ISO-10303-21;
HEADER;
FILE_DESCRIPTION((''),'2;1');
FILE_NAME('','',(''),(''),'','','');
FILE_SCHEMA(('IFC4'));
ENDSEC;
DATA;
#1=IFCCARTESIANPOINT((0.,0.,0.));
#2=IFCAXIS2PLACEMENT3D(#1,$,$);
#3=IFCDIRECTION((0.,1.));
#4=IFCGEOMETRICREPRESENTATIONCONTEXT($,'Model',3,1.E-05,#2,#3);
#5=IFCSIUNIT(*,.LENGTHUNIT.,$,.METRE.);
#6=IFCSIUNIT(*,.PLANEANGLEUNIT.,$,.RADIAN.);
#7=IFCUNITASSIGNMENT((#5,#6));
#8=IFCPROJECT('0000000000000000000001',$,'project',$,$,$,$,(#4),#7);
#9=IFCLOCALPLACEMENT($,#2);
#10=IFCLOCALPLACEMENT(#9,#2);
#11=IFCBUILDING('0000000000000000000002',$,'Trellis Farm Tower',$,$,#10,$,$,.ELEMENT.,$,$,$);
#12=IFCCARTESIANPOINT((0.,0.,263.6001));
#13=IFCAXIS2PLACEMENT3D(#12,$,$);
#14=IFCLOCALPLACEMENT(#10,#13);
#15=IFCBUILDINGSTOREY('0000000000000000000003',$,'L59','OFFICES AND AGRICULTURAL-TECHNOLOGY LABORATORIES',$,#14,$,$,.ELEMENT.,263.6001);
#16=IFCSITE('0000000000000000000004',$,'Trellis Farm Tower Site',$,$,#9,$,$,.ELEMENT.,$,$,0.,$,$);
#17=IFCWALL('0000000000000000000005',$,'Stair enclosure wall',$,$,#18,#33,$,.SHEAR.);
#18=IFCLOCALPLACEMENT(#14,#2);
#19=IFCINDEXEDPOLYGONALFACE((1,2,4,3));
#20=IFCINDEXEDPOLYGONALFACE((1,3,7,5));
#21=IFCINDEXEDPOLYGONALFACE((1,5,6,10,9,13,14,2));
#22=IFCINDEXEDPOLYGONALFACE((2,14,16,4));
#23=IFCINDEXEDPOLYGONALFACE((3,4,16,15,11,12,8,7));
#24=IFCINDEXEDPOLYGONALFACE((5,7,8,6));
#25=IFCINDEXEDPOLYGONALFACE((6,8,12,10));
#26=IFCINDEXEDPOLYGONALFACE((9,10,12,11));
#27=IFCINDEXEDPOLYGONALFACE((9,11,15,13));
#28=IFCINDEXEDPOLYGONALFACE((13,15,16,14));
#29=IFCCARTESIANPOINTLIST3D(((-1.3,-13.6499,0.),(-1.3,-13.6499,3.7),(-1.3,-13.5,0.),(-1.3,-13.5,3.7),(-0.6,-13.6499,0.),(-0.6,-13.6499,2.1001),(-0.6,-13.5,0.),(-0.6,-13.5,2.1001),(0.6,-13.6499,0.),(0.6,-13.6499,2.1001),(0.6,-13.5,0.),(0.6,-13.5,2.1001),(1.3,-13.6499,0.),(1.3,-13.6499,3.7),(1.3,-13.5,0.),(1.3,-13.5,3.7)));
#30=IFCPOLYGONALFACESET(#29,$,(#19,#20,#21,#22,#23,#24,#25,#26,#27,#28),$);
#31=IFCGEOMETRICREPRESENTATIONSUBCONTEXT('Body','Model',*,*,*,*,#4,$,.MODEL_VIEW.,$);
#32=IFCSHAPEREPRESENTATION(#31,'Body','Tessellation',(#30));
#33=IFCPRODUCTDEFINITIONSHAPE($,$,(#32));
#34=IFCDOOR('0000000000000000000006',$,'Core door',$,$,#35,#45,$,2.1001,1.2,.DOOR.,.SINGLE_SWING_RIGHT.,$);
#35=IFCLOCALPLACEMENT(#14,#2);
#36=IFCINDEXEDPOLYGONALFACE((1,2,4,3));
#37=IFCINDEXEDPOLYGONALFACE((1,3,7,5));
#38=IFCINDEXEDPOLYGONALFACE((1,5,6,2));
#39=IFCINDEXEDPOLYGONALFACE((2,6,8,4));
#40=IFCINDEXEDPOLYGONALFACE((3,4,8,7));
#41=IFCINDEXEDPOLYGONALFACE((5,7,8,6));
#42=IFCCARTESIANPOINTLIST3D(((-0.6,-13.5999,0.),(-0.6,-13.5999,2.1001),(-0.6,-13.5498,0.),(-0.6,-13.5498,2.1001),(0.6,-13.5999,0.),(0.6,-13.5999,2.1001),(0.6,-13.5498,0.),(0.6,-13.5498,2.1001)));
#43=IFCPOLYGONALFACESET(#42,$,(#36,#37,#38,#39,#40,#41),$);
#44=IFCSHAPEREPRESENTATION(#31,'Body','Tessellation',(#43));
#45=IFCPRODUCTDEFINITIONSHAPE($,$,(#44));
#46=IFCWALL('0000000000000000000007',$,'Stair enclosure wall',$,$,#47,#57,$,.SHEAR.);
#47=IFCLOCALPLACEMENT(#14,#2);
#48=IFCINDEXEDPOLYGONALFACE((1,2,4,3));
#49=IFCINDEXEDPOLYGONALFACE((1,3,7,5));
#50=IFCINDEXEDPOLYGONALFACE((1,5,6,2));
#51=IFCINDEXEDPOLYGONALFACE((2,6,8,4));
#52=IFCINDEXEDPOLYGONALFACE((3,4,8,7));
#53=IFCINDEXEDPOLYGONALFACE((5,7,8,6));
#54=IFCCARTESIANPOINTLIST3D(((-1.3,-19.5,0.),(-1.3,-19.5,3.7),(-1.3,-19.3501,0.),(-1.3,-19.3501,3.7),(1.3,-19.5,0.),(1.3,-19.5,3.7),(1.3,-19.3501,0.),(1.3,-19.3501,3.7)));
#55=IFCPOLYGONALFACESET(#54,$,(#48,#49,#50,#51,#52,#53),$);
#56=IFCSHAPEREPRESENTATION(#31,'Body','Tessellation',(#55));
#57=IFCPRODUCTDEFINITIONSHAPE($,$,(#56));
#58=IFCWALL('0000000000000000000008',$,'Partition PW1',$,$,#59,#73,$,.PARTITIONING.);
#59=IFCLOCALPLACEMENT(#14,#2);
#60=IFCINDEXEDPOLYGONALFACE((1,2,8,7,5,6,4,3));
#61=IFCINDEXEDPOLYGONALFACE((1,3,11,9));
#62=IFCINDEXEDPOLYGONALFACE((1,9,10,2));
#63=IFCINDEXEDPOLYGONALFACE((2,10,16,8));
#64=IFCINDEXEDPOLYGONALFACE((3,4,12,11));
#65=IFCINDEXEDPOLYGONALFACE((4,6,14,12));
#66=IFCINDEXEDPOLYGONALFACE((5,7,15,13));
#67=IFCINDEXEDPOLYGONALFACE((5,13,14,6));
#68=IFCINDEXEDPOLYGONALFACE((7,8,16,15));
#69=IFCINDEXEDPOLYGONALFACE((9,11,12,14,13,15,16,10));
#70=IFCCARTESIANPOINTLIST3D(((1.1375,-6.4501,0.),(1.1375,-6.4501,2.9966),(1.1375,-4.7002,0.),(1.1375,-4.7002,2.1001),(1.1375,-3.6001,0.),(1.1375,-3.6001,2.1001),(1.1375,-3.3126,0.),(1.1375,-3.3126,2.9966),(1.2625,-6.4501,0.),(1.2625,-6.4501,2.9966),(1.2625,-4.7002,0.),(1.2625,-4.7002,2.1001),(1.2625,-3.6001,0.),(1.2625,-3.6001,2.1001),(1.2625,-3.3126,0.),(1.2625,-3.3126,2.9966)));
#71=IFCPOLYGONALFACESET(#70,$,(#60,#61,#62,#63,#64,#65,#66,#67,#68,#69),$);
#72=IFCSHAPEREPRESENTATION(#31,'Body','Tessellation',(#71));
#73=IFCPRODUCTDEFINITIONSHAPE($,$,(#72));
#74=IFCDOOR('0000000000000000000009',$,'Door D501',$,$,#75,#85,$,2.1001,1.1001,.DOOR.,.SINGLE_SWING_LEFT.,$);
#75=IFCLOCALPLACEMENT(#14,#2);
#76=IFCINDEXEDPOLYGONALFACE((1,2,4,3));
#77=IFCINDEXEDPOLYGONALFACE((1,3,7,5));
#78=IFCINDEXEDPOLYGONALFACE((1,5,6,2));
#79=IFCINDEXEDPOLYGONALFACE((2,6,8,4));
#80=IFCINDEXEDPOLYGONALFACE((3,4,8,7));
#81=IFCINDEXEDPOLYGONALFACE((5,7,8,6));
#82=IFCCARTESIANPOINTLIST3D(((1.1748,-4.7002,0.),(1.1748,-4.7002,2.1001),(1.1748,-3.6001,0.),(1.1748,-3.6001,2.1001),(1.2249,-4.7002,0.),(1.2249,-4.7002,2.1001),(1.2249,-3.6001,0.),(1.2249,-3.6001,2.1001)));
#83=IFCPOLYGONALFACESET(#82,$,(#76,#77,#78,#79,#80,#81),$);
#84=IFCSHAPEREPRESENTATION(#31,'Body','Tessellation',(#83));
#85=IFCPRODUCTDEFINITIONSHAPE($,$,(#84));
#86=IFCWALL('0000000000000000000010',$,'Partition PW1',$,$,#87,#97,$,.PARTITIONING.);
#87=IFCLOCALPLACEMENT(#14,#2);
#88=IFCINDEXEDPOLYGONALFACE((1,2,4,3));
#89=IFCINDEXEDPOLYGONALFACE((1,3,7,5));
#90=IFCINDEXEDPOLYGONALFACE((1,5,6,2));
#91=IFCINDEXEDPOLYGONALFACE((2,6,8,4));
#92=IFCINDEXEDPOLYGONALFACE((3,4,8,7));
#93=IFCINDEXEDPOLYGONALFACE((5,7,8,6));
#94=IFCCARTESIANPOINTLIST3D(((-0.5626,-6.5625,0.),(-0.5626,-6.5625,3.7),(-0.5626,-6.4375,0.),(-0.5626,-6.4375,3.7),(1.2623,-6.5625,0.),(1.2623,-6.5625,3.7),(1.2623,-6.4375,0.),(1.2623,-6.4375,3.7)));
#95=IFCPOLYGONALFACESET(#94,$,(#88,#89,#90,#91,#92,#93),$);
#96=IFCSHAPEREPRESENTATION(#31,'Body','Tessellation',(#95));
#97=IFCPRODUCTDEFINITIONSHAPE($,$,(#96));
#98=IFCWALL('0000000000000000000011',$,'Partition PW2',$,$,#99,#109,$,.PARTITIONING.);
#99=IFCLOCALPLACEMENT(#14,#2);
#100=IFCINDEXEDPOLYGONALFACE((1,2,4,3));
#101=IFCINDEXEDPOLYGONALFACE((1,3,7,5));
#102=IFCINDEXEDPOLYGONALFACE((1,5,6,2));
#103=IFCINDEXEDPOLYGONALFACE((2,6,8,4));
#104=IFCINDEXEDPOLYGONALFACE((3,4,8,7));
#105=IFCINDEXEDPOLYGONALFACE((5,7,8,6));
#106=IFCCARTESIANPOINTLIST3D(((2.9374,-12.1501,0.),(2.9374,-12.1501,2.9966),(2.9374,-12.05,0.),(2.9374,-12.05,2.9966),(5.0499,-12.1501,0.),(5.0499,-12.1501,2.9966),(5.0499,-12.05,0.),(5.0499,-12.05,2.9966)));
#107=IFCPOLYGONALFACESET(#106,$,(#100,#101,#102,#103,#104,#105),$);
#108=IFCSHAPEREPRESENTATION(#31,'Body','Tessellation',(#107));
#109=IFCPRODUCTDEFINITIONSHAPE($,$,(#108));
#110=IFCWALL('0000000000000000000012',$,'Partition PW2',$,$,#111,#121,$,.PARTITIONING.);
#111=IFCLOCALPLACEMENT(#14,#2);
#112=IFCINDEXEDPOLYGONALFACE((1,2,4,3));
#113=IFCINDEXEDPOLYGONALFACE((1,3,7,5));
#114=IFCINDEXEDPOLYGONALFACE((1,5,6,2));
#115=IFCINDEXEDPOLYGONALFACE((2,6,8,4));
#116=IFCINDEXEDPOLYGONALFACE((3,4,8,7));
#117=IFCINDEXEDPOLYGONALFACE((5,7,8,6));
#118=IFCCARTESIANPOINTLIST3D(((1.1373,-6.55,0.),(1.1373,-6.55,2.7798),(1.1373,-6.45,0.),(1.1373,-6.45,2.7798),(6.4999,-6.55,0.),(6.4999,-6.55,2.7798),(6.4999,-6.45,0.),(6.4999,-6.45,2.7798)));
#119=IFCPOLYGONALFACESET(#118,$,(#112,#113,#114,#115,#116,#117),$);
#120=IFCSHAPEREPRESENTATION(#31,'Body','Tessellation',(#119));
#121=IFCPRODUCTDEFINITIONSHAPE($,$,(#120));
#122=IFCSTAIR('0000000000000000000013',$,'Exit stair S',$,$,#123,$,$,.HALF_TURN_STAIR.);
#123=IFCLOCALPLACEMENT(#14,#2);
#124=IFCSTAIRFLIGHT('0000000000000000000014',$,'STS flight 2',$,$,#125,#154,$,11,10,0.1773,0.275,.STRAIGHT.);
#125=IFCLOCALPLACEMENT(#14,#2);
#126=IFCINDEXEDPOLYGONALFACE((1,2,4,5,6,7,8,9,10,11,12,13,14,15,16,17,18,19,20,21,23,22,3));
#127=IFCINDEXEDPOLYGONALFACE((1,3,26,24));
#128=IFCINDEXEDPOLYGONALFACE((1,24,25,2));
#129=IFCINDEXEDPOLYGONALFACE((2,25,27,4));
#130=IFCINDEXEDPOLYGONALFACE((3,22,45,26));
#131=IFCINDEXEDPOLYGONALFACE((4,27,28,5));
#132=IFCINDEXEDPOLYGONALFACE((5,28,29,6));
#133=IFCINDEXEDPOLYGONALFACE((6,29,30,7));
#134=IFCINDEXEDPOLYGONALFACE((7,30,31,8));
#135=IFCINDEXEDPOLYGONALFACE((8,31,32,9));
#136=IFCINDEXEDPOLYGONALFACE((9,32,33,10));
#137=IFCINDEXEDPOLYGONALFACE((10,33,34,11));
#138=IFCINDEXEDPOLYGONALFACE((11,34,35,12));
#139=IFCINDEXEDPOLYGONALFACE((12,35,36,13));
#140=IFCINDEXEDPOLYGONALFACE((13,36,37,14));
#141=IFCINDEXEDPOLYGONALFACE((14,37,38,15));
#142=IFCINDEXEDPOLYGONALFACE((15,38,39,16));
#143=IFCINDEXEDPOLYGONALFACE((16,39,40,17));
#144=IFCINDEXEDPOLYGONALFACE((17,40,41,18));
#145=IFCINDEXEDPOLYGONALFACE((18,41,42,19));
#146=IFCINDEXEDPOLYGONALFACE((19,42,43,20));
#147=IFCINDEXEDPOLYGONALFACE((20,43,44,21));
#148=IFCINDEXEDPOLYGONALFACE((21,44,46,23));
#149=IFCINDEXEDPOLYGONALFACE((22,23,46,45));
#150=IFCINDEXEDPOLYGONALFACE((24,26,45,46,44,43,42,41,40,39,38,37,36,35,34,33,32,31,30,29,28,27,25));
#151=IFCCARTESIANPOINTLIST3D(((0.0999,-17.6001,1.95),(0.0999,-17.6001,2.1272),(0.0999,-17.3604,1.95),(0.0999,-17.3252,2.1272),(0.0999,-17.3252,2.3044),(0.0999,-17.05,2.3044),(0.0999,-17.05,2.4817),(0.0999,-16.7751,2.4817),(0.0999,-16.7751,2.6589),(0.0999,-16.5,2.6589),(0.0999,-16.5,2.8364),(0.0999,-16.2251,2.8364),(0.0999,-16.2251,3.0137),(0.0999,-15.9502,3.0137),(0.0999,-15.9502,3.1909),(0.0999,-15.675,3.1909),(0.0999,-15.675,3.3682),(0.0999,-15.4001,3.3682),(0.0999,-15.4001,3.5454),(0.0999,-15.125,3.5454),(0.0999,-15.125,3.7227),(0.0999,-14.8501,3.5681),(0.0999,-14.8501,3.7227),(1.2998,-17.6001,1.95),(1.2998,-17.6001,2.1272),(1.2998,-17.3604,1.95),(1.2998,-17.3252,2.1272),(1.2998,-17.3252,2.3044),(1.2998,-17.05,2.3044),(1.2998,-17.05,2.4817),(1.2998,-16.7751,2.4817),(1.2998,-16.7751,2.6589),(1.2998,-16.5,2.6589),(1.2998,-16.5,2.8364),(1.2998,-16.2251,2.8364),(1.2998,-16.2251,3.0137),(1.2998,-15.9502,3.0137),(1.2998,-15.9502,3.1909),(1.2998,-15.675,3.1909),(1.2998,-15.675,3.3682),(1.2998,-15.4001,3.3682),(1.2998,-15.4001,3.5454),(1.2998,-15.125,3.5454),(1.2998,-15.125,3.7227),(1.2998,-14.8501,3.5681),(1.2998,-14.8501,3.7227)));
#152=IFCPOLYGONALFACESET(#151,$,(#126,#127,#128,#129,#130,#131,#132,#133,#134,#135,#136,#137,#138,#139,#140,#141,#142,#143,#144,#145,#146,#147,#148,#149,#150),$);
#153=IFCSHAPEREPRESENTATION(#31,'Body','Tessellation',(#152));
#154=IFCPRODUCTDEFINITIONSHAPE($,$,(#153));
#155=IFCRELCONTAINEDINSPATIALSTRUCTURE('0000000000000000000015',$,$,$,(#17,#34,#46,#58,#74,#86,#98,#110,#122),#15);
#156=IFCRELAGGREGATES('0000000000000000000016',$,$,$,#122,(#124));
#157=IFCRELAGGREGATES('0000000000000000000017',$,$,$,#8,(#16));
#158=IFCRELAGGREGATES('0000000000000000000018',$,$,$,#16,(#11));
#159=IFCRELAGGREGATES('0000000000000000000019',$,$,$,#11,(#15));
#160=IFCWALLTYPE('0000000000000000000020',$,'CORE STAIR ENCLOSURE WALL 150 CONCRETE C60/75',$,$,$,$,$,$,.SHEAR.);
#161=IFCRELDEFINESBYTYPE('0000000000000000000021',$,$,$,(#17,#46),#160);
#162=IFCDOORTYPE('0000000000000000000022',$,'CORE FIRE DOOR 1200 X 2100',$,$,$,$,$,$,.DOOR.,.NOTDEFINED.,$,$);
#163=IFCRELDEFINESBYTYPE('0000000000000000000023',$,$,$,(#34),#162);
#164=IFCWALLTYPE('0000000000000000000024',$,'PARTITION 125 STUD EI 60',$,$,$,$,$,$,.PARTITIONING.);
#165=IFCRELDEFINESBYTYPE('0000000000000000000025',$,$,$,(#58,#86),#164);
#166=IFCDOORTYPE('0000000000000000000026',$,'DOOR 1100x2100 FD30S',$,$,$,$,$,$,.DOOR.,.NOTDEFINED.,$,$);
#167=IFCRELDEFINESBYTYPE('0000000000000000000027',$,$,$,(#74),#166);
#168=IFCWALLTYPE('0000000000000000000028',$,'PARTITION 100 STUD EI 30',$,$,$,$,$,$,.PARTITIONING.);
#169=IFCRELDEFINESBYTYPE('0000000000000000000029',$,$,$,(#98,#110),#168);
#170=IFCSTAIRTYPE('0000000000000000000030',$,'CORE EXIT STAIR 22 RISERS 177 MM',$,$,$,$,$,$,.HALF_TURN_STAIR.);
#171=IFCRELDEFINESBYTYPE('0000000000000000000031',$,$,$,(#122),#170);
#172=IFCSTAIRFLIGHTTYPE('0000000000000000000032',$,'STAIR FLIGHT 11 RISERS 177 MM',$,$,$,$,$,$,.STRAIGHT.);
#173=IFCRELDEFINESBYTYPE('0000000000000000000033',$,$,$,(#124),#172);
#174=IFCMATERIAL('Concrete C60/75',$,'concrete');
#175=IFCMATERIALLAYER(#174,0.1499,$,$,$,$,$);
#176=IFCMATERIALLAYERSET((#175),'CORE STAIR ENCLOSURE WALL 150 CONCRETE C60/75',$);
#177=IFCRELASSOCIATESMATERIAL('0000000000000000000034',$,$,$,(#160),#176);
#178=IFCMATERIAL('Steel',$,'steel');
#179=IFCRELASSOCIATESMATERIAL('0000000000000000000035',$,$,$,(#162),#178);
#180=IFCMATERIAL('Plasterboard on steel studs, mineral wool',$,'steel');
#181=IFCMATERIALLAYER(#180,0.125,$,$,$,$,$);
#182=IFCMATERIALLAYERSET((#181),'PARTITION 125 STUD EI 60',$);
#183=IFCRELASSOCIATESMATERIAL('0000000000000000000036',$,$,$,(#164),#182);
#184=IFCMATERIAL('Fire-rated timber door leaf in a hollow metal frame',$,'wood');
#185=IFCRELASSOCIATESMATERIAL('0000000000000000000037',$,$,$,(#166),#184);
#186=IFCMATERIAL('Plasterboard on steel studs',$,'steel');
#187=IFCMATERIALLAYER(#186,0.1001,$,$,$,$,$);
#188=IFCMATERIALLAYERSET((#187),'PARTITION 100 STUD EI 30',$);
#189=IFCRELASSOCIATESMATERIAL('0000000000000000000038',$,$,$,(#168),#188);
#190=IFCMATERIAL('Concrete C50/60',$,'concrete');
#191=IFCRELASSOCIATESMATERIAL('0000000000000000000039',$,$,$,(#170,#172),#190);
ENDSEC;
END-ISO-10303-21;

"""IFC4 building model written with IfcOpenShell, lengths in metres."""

from ifc_helpers import new_model, si_unit, direction, frame, frame_2d, origin, place, context, subcontext, project, spatial, polyline, rectangle, outline, extrude, source, transform, mapped, material, layer, layer_set, type_object, element, fill, aggregate, save


model = new_model("IFC4")

# Units and contexts
model_context = context("Model", 3, precision=1e-05, world=origin(), true_north=direction((0.0, 1.0)))
body_context = subcontext(model_context, "Body", "Model", "MODEL_VIEW")
ifc_project = project(units=[si_unit("LENGTHUNIT", "METRE"), si_unit("PLANEANGLEUNIT", "RADIAN")], contexts=[model_context])

# Site, building, storey
site_placement = place(None, origin())
site = spatial("IfcSite", under=ifc_project, at=site_placement, Name="Trellis Farm Tower Site", CompositionType="ELEMENT", RefElevation=0.0)
building_placement = place(site_placement, origin())
building = spatial("IfcBuilding", under=site, at=building_placement, Name="Trellis Farm Tower", CompositionType="ELEMENT")
storey_placement = place(building_placement, frame((0.0, 0.0, 263.6001)))
storey = spatial("IfcBuildingStorey", under=building, at=storey_placement, Name="L59", Description="OFFICES AND AGRICULTURAL-TECHNOLOGY LABORATORIES", CompositionType="ELEMENT", Elevation=263.6001)

# Shared definitions
placement_1 = place(storey_placement, origin())

# Shared definitions
ifc_material_1 = material(Name="Concrete C60/75", Category="concrete")

# Wall, opening, door
ifc_layer_1 = layer(ifc_material_1, 0.1499)
ifc_layer_set_1 = layer_set([ifc_layer_1], Name="CORE STAIR ENCLOSURE WALL 150 CONCRETE C60/75")
wall_type_1 = type_object("IfcWallType", Name="CORE STAIR ENCLOSURE WALL 150 CONCRETE C60/75", PredefinedType="SHEAR", material=ifc_layer_set_1)
shared_shape_1 = source(origin(), body_context, "Body", "SweptSolid", [
    extrude(rectangle(XDim=2.6001, YDim=0.1499, at=frame_2d((1.3, 0.0))), origin(), (0.0, 0.0, 1.0), 3.7),
])
wall_1_placement = place(storey_placement, frame((1.3, -13.575, 0.0), z_axis=(0.0, 0.0, 1.0), x_axis=(-1.0, 0.0, 0.0)))
wall_1 = element("IfcWall", 1, at=wall_1_placement, inside=storey, type_object=wall_type_1, Name="Stair enclosure wall", PredefinedType="SHEAR", context=body_context, shape_type="MappedRepresentation", body=[
    mapped(shared_shape_1, transform((0.0, 0.0, 0.0))),
])
shared_shape_2 = source(origin(), body_context, "Body", "SweptSolid", [
    extrude(rectangle(XDim=1.2, YDim=2.1001, at=frame_2d((0.6001, 1.05))), frame((0.0, 0.085, 0.0), z_axis=(0.0, -1.0, 0.0), x_axis=(1.0, 0.0, 0.0)), (0.0, 0.0, 1.0), 0.1699),
])
opening_1_placement = place(wall_1_placement, frame((0.7, 0.0, 0.0)))
opening_1 = element("IfcOpeningElement", 2, at=opening_1_placement, cuts=wall_1, PredefinedType="OPENING", context=body_context, shape_type="MappedRepresentation", body=[
    mapped(shared_shape_2, transform((0.0, 0.0, 0.0))),
])
ifc_material_2 = material(Name="Steel", Category="steel")
door_type_1 = type_object("IfcDoorType", Name="CORE FIRE DOOR 1200 X 2100", OperationType="NOTDEFINED", PredefinedType="DOOR", material=ifc_material_2)
shared_shape_3 = source(origin(), body_context, "Body", "SweptSolid", [
    extrude(rectangle(XDim=1.2, YDim=2.1001, at=frame_2d((0.6001, 1.05))), frame((0.0, 0.0249, 0.0), z_axis=(0.0, -1.0, 0.0), x_axis=(1.0, 0.0, 0.0)), (0.0, 0.0, 1.0), 0.05),
])
door_1_placement = place(opening_1_placement, origin())
door_1 = element("IfcDoor", 3, at=door_1_placement, inside=storey, type_object=door_type_1, Name="Core door", OperationType="SINGLE_SWING_RIGHT", OverallHeight=2.1001, OverallWidth=1.2, PredefinedType="DOOR", context=body_context, shape_type="MappedRepresentation", body=[
    mapped(shared_shape_3, transform((0.0, 0.0, 0.0))),
])
fill(opening_1, door_1)

# Wall
wall_2_placement = place(storey_placement, frame((1.3, -19.425, 0.0), z_axis=(0.0, 0.0, 1.0), x_axis=(-1.0, 0.0, 0.0)))
element("IfcWall", 4, at=wall_2_placement, inside=storey, type_object=wall_type_1, Name="Stair enclosure wall", PredefinedType="SHEAR", context=body_context, shape_type="MappedRepresentation", body=[
    mapped(shared_shape_1, transform((0.0, 0.0, 0.0))),
])

# Wall, opening, door
ifc_material_3 = material(Name="Plasterboard on steel studs, mineral wool", Category="steel")
ifc_layer_2 = layer(ifc_material_3, 0.125)
ifc_layer_set_2 = layer_set([ifc_layer_2], Name="PARTITION 125 STUD EI 60")
wall_type_2 = type_object("IfcWallType", Name="PARTITION 125 STUD EI 60", PredefinedType="PARTITIONING", material=ifc_layer_set_2)
shared_shape_4 = source(origin(), body_context, "Body", "SweptSolid", [
    extrude(rectangle(XDim=3.1375, YDim=0.125, at=frame_2d((1.5688, 0.0))), origin(), (0.0, 0.0, 1.0), 2.9966),
])
wall_3_placement = place(storey_placement, frame((1.2, -3.3125, 0.0), z_axis=(0.0, 0.0, 1.0), x_axis=(0.0, -1.0, 0.0)))
wall_3 = element("IfcWall", 5, at=wall_3_placement, inside=storey, type_object=wall_type_2, Name="Partition PW1", PredefinedType="PARTITIONING", context=body_context, shape_type="MappedRepresentation", body=[
    mapped(shared_shape_4, transform((0.0, 0.0, 0.0))),
])
shared_shape_5 = source(origin(), body_context, "Body", "SweptSolid", [
    extrude(rectangle(XDim=1.1001, YDim=2.1001, at=frame_2d((0.55, 1.05))), frame((0.0, 0.0725, 0.0), z_axis=(0.0, -1.0, 0.0), x_axis=(1.0, 0.0, 0.0)), (0.0, 0.0, 1.0), 0.145),
])
opening_2_placement = place(wall_3_placement, frame((0.2876, 0.0, 0.0)))
opening_2 = element("IfcOpeningElement", 6, at=opening_2_placement, cuts=wall_3, PredefinedType="OPENING", context=body_context, shape_type="MappedRepresentation", body=[
    mapped(shared_shape_5, transform((0.0, 0.0, 0.0))),
])
ifc_material_4 = material(Name="Fire-rated timber door leaf in a hollow metal frame", Category="wood")
door_type_2 = type_object("IfcDoorType", Name="DOOR 1100x2100 FD30S", OperationType="NOTDEFINED", PredefinedType="DOOR", material=ifc_material_4)
shared_shape_6 = source(origin(), body_context, "Body", "SweptSolid", [
    extrude(rectangle(XDim=1.1001, YDim=2.1001, at=frame_2d((0.55, 1.05))), frame((0.0, 0.0249, 0.0), z_axis=(0.0, -1.0, 0.0), x_axis=(1.0, 0.0, 0.0)), (0.0, 0.0, 1.0), 0.05),
])
door_2_placement = place(opening_2_placement, origin())
door_2 = element("IfcDoor", 7, at=door_2_placement, inside=storey, type_object=door_type_2, Name="Door D501", OperationType="SINGLE_SWING_LEFT", OverallHeight=2.1001, OverallWidth=1.1001, PredefinedType="DOOR", context=body_context, shape_type="MappedRepresentation", body=[
    mapped(shared_shape_6, transform((0.0, 0.0, 0.0))),
])
fill(opening_2, door_2)

# Walls
shared_shape_7 = source(origin(), body_context, "Body", "SweptSolid", [
    extrude(rectangle(XDim=1.825, YDim=0.125, at=frame_2d((0.9126, 0.0))), origin(), (0.0, 0.0, 1.0), 3.7),
])
wall_4_placement = place(storey_placement, frame((1.2625, -6.5, 0.0), z_axis=(0.0, 0.0, 1.0), x_axis=(-1.0, 0.0, 0.0)))
element("IfcWall", 8, at=wall_4_placement, inside=storey, type_object=wall_type_2, Name="Partition PW1", PredefinedType="PARTITIONING", context=body_context, shape_type="MappedRepresentation", body=[
    mapped(shared_shape_7, transform((0.0, 0.0, 0.0))),
])
ifc_material_5 = material(Name="Plasterboard on steel studs", Category="steel")
ifc_layer_3 = layer(ifc_material_5, 0.1001)
ifc_layer_set_3 = layer_set([ifc_layer_3], Name="PARTITION 100 STUD EI 30")
wall_type_3 = type_object("IfcWallType", Name="PARTITION 100 STUD EI 30", PredefinedType="PARTITIONING", material=ifc_layer_set_3)
shared_shape_8 = source(origin(), body_context, "Body", "SweptSolid", [
    extrude(rectangle(XDim=2.1125, YDim=0.1001, at=frame_2d((1.0562, 0.0))), origin(), (0.0, 0.0, 1.0), 2.9966),
])
wall_5_placement = place(storey_placement, frame((2.9375, -12.1001, 0.0), z_axis=(0.0, 0.0, 1.0), x_axis=(1.0, 0.0, 0.0)))
element("IfcWall", 9, at=wall_5_placement, inside=storey, type_object=wall_type_3, Name="Partition PW2", PredefinedType="PARTITIONING", context=body_context, shape_type="MappedRepresentation", body=[
    mapped(shared_shape_8, transform((0.0, 0.0, 0.0))),
])
shared_shape_9 = source(origin(), body_context, "Body", "SweptSolid", [
    extrude(rectangle(XDim=5.3625, YDim=0.1001, at=frame_2d((2.6812, 0.0))), origin(), (0.0, 0.0, 1.0), 2.7798),
])
wall_6_placement = place(storey_placement, frame((1.1375, -6.5, 0.0), z_axis=(0.0, 0.0, 1.0), x_axis=(1.0, 0.0, 0.0)))
element("IfcWall", 10, at=wall_6_placement, inside=storey, type_object=wall_type_3, Name="Partition PW2", PredefinedType="PARTITIONING", context=body_context, shape_type="MappedRepresentation", body=[
    mapped(shared_shape_9, transform((0.0, 0.0, 0.0))),
])

# Stair, stair flight
ifc_material_6 = material(Name="Concrete C50/60", Category="concrete")
stair_type = type_object("IfcStairType", Name="CORE EXIT STAIR 22 RISERS 177 MM", PredefinedType="HALF_TURN_STAIR", material=ifc_material_6)
stair = element("IfcStair", 11, at=placement_1, inside=storey, type_object=stair_type, Name="Exit stair S", PredefinedType="HALF_TURN_STAIR")
stair_flight_type = type_object("IfcStairFlightType", Name="STAIR FLIGHT 11 RISERS 177 MM", PredefinedType="STRAIGHT", material=ifc_material_6)
shared_shape_10 = source(origin(), body_context, "Body", "SweptSolid", [
    extrude(outline(polyline([(0.0, 0.0), (0.0, 0.1772), (0.2749, 0.1772), (0.2749, 0.3545), (0.55, 0.3545), (0.55, 0.5317), (0.825, 0.5317), (0.825, 0.709), (1.1001, 0.709), (1.1001, 0.8865), (1.375, 0.8865), (1.375, 1.0637), (1.6499, 1.0637), (1.6499, 1.241), (1.925, 1.241), (1.925, 1.4182), (2.2, 1.4182), (2.2, 1.5955), (2.4751, 1.5955), (2.4751, 1.7727), (2.75, 1.7727), (2.75, 1.95), (2.75, 1.6182), (0.2397, 0.0), (0.0, 0.0)])), frame((0.0, 0.6001, 0.0), z_axis=(0.0, -1.0, 0.0), x_axis=(1.0, 0.0, 0.0)), (0.0, 0.0, 1.0), 1.2),
])
stair_flight_placement = place(storey_placement, frame((0.7, -17.6001, 1.95), z_axis=(0.0, 0.0, 1.0), x_axis=(0.0, 1.0, 0.0)))
stair_flight = element("IfcStairFlight", 12, at=stair_flight_placement, type_object=stair_flight_type, Name="STS flight 2", NumberOfRisers=11, NumberOfTreads=10, PredefinedType="STRAIGHT", RiserHeight=0.1773, TreadLength=0.275, context=body_context, shape_type="MappedRepresentation", body=[
    mapped(shared_shape_10, transform((0.0, 0.0, 0.0))),
])
aggregate(stair, [stair_flight])

save(model, "model.ifc")
